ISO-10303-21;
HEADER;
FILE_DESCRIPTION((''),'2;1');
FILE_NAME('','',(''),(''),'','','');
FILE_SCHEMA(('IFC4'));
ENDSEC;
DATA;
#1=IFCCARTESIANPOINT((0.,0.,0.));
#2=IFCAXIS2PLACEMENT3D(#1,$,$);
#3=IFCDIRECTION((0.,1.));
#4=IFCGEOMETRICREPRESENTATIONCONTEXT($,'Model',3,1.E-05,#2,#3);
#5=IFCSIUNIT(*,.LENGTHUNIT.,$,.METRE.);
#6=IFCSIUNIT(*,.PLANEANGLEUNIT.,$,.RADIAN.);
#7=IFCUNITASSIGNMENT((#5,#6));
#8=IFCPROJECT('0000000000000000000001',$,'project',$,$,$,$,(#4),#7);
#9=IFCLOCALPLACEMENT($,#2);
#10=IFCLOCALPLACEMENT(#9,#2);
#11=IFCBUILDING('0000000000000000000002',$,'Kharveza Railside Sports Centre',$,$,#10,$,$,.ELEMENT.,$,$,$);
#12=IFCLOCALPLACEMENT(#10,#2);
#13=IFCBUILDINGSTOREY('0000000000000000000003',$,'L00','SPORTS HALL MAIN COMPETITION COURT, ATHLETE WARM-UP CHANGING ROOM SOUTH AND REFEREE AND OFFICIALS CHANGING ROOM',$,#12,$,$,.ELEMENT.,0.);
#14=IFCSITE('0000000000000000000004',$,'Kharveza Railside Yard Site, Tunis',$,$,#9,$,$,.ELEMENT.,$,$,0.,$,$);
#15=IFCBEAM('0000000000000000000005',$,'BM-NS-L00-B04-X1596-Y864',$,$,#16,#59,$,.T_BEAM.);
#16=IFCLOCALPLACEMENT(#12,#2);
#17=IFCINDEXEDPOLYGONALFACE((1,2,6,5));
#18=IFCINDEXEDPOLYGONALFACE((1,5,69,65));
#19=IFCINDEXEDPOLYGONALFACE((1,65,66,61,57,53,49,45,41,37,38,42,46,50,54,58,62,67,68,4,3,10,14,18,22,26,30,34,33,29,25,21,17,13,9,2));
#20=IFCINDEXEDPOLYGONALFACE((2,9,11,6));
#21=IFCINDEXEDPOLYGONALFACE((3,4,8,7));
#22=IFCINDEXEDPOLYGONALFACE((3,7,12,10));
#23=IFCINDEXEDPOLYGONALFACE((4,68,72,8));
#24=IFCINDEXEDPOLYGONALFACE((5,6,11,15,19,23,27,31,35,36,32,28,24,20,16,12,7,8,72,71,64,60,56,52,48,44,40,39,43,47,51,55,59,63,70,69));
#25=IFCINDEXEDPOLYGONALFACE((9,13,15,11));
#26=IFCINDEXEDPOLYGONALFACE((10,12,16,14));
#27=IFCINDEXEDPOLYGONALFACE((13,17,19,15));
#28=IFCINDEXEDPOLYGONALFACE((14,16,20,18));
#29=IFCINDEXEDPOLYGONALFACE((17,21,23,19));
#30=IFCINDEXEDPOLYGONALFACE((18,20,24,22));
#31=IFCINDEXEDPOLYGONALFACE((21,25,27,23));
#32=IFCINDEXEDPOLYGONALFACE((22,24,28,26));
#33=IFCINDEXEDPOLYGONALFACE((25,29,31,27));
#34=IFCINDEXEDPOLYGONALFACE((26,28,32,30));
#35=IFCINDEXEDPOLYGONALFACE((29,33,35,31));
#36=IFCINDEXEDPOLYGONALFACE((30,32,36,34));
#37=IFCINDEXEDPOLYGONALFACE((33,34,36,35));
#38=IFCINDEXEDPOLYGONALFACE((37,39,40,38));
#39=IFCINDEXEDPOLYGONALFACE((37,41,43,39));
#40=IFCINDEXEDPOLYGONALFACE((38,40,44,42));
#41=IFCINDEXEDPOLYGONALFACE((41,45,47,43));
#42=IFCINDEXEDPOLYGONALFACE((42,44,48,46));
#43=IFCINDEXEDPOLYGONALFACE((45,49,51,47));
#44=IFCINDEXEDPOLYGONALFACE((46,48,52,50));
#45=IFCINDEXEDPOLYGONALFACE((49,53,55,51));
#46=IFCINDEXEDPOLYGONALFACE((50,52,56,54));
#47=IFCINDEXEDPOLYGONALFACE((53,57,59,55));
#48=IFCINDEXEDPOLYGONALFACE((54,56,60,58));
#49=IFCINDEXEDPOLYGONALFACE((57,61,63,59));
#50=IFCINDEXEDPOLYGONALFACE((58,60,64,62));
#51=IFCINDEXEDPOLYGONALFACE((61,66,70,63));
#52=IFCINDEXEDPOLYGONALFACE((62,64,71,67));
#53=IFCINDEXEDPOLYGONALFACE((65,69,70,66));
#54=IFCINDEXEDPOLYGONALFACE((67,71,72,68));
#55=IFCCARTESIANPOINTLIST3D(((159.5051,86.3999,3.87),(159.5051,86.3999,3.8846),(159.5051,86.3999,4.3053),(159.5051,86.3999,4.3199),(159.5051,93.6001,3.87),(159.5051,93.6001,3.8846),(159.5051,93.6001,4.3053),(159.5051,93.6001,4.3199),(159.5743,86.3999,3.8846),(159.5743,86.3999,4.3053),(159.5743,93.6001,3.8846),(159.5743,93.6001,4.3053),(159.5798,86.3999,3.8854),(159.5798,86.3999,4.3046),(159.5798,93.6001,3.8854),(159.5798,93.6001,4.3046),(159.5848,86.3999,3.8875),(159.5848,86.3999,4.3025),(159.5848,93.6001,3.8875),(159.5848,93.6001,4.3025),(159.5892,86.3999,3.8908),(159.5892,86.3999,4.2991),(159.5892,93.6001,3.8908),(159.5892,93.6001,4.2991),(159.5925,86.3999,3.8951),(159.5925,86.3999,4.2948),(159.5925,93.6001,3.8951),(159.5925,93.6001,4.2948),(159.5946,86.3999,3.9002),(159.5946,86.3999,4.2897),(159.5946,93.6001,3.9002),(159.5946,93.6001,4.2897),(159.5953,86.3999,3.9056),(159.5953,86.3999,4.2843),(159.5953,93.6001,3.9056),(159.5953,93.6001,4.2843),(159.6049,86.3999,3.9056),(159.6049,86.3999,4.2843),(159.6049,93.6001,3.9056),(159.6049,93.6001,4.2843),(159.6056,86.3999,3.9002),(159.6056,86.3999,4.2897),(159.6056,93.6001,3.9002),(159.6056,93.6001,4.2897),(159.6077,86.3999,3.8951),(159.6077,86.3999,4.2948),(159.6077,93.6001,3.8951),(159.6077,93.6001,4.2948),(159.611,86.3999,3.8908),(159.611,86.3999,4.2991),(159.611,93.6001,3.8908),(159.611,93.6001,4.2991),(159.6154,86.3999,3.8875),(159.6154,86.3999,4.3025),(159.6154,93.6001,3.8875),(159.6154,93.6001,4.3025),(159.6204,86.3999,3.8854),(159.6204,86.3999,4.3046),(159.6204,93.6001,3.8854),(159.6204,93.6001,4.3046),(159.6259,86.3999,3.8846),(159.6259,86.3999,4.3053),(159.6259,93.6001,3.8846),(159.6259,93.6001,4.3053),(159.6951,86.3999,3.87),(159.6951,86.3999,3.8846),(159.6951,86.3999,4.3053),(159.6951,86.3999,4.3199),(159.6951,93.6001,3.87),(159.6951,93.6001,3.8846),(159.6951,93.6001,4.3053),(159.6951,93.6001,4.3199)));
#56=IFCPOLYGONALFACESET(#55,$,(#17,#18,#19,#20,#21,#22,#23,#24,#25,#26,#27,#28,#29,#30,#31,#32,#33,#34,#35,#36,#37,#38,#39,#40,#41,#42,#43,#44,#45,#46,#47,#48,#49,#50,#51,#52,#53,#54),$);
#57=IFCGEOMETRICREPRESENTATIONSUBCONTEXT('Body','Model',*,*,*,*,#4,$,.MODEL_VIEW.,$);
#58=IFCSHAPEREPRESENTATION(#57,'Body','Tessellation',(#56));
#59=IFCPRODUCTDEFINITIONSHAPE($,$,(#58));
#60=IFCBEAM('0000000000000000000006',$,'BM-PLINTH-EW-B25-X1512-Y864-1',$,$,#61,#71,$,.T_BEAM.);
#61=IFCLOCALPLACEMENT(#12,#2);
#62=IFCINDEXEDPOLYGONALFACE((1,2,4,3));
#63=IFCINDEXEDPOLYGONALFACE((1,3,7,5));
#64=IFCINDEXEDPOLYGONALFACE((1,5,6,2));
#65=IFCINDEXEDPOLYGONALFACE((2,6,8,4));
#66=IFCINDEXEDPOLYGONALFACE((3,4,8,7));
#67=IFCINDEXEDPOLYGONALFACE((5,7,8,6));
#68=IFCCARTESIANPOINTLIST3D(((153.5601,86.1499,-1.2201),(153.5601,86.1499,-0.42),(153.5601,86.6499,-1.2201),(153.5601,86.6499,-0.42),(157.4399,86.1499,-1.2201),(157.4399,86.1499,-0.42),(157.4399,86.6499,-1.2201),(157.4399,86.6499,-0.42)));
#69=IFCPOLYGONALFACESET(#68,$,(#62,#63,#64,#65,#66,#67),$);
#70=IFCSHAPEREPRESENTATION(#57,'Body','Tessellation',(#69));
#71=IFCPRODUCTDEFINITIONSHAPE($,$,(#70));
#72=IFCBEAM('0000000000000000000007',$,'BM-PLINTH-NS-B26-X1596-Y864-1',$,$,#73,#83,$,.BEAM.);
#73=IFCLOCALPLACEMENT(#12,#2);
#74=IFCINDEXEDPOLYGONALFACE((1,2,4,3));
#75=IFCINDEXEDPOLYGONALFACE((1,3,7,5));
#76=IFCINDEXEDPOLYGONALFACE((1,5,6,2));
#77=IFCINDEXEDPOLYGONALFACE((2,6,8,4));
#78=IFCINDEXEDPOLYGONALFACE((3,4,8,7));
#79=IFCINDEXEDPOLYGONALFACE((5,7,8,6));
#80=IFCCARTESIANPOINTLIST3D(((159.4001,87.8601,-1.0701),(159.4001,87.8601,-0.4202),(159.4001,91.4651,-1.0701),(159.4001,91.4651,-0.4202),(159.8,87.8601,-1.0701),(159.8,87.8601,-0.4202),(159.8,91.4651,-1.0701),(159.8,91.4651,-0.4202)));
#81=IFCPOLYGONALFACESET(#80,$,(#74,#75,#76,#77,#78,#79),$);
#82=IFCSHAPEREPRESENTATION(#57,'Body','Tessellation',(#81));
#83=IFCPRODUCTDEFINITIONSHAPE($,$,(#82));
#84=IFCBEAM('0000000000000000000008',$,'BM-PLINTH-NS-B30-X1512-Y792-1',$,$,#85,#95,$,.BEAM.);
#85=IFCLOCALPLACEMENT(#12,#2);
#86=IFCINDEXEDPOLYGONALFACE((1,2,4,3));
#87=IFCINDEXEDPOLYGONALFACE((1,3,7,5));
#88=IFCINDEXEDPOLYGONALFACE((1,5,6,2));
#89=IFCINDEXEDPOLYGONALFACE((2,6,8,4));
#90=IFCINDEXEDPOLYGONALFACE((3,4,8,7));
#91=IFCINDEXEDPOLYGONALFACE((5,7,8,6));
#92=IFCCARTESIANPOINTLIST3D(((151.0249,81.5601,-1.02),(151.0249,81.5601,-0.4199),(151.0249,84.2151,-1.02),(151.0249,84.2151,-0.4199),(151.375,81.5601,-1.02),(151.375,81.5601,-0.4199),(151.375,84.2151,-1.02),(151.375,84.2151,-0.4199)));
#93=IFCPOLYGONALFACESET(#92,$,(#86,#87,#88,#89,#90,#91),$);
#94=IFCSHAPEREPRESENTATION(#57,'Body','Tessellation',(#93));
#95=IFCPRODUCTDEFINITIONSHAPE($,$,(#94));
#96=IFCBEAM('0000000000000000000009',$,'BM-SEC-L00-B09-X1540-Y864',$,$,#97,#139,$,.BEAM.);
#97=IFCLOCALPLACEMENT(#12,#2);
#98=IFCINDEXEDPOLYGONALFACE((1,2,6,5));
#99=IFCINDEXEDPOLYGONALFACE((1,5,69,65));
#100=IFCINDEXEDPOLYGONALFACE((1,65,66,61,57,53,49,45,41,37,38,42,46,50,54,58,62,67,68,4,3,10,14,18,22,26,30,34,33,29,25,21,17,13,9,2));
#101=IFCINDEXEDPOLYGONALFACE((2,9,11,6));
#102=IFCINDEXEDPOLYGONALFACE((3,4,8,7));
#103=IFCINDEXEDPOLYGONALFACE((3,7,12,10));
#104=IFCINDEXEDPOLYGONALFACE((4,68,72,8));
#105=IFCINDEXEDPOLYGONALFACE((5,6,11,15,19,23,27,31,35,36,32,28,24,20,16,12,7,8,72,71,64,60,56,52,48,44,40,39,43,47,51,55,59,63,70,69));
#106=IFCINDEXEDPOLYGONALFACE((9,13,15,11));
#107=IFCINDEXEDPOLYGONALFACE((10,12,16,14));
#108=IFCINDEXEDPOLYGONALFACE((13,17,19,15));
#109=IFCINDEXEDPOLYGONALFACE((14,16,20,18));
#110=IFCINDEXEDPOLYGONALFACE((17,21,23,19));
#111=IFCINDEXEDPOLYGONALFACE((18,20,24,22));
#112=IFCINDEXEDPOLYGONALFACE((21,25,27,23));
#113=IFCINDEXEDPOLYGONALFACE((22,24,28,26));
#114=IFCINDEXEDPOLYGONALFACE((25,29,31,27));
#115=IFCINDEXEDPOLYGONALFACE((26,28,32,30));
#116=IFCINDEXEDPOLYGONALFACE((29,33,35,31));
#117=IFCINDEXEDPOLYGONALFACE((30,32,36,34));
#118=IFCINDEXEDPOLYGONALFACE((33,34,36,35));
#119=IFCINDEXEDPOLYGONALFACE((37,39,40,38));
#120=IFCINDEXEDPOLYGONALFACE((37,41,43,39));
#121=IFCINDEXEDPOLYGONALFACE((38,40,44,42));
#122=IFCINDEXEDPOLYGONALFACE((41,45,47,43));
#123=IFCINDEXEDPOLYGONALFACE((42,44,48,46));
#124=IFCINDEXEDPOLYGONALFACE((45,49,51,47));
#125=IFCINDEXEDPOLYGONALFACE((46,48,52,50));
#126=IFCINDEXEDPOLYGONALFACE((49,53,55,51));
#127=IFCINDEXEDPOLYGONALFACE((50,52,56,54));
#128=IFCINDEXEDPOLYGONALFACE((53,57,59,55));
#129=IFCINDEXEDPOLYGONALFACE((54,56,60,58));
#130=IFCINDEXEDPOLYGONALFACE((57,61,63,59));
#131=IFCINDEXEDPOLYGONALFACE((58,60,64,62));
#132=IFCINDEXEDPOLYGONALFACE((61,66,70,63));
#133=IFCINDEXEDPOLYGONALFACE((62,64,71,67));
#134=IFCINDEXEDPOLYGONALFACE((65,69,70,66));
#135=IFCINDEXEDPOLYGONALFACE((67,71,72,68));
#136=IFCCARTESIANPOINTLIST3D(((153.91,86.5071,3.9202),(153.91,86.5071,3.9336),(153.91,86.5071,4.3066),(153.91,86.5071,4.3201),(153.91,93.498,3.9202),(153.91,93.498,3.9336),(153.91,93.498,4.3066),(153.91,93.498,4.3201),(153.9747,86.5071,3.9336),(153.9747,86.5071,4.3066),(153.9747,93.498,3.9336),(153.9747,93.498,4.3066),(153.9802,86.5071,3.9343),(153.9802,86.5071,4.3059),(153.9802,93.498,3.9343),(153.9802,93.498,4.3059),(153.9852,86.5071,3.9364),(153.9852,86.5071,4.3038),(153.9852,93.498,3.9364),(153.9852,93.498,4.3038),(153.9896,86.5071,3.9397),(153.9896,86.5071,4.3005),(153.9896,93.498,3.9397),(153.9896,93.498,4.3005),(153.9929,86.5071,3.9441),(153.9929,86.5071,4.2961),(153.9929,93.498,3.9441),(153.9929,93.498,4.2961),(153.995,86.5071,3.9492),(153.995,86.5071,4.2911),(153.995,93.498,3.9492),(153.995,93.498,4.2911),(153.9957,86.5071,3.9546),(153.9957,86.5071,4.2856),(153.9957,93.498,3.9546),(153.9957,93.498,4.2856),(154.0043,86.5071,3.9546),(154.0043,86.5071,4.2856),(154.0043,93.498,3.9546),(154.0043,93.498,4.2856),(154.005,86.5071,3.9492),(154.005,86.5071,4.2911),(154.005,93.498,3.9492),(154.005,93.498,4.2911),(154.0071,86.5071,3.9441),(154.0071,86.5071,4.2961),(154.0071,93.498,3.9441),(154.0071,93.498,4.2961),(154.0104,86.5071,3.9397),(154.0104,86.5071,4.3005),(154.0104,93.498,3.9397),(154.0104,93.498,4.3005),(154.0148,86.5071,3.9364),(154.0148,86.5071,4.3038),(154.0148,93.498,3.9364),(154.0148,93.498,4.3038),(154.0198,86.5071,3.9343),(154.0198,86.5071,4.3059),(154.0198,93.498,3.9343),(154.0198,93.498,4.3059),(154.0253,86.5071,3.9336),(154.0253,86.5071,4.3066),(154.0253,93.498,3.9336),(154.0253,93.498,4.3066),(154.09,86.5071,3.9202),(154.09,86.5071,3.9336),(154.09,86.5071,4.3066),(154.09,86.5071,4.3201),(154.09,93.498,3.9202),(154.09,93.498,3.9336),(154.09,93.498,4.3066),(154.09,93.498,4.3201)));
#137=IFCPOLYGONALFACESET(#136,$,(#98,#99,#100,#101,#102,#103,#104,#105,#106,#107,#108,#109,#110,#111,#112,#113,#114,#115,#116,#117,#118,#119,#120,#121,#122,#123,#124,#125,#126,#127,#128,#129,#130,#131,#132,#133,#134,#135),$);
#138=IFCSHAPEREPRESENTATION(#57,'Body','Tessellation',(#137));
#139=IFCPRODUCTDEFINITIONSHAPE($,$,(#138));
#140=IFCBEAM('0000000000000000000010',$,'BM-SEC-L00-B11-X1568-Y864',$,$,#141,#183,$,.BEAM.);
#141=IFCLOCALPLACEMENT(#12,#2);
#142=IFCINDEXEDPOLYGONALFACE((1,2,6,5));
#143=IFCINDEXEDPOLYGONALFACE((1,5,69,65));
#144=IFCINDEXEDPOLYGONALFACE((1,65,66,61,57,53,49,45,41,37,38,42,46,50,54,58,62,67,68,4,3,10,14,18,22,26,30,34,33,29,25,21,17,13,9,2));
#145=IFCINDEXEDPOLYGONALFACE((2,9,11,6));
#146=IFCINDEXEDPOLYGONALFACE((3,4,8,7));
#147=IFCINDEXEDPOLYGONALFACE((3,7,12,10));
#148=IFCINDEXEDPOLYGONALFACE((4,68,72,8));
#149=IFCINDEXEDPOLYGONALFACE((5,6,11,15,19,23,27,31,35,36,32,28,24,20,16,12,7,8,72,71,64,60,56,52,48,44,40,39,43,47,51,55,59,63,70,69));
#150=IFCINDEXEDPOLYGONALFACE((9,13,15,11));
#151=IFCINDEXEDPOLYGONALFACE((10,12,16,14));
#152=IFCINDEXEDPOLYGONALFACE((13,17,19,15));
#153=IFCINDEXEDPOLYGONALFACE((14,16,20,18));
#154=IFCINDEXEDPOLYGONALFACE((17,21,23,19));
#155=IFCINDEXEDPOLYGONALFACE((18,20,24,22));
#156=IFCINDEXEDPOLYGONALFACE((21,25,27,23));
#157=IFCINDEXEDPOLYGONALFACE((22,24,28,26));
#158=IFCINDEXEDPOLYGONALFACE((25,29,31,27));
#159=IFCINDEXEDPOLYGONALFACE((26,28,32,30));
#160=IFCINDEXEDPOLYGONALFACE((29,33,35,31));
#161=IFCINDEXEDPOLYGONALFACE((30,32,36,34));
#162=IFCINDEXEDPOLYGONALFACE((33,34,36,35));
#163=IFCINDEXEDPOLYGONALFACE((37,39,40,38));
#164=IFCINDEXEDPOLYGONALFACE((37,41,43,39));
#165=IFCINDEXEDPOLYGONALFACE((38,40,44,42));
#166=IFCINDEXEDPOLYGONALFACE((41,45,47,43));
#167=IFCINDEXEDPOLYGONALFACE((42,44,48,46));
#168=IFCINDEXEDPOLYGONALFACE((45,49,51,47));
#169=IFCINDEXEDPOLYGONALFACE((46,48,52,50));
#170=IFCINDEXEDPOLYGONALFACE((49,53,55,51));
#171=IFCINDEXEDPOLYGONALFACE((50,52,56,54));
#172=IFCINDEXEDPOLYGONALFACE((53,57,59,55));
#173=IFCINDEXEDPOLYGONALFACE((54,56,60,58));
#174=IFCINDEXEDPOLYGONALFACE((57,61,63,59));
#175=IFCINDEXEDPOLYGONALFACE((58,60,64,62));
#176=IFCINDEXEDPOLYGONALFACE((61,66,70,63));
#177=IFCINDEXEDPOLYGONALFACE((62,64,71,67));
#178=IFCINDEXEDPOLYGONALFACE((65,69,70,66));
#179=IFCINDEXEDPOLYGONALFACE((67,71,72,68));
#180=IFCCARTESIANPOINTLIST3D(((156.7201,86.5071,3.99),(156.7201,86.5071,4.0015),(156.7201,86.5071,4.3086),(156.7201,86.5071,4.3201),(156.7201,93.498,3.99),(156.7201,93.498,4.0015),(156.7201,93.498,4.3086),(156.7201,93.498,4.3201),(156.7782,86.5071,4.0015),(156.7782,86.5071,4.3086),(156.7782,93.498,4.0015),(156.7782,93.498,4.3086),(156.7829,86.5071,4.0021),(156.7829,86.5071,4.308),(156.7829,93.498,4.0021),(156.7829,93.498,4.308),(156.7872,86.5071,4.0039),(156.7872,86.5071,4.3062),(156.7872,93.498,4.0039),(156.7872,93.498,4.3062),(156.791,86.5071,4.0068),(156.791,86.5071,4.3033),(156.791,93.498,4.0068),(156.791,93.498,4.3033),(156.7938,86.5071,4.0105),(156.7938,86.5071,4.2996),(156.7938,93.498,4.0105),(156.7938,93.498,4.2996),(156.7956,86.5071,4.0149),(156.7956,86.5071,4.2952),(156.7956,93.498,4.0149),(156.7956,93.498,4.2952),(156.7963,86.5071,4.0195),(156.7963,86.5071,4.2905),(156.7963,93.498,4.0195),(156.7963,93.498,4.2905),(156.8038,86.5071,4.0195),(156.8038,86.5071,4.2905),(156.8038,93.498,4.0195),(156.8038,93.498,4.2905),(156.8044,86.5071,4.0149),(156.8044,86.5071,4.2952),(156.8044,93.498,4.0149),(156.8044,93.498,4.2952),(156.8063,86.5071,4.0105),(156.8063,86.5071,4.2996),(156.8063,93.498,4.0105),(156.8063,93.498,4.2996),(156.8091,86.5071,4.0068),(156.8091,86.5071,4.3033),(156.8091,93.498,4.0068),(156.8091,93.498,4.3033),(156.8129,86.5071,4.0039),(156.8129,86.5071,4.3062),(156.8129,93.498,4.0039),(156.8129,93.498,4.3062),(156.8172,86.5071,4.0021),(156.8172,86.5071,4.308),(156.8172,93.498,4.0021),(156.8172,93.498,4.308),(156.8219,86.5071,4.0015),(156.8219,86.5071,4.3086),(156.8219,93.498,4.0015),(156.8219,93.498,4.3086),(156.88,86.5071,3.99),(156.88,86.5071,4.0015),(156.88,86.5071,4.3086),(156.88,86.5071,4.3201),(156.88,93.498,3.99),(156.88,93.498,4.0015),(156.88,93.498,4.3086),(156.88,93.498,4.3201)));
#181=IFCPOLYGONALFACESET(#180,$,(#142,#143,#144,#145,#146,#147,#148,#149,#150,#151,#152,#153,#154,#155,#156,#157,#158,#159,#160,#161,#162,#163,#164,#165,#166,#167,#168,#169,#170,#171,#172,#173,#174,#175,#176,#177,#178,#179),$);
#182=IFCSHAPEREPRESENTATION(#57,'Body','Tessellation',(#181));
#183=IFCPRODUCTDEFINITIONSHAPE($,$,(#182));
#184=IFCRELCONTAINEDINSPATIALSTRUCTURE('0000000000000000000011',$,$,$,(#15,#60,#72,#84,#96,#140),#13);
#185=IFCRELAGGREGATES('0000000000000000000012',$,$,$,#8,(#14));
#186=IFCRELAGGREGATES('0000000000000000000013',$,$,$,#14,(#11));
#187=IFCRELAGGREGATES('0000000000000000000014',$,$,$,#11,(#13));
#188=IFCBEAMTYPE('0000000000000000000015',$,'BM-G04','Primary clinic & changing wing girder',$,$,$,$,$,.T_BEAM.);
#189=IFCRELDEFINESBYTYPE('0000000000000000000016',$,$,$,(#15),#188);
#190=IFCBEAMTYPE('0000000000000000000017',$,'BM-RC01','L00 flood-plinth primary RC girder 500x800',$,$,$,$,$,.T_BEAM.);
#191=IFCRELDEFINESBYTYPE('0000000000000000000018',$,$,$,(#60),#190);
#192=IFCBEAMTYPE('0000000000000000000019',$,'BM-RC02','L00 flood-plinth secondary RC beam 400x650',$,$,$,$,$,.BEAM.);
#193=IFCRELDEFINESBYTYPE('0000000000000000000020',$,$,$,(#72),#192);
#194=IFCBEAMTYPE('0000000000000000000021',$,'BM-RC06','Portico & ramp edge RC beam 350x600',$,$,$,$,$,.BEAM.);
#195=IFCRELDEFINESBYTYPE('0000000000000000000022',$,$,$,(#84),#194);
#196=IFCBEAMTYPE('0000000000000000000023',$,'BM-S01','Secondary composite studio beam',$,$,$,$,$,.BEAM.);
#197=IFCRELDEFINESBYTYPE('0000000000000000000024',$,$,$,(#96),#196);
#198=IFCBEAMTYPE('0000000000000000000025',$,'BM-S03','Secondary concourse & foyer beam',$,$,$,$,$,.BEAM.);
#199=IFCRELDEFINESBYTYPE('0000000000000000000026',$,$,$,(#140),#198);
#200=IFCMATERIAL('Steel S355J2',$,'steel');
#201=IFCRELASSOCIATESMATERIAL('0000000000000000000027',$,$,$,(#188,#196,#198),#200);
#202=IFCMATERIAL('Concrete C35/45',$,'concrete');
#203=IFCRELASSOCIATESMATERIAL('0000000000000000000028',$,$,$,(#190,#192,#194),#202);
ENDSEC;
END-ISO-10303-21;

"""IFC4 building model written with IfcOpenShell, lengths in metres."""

from ifc_helpers import new_model, si_unit, direction, frame, origin, origin_2d, place, context, subcontext, project, spatial, rectangle, i_section, extrude, material, material_profile, profile_set, type_object, element, save


model = new_model("IFC4")

# Units and contexts
model_context = context("Model", 3, precision=1e-05, world=origin(), true_north=direction((0.0, 1.0)))
body_context = subcontext(model_context, "Body", "Model", "MODEL_VIEW")
ifc_project = project(units=[si_unit("LENGTHUNIT", "METRE"), si_unit("PLANEANGLEUNIT", "RADIAN")], contexts=[model_context])

# Site, building, storey
site_placement = place(None, origin())
site = spatial("IfcSite", under=ifc_project, at=site_placement, Name="Kharveza Railside Yard Site, Tunis", CompositionType="ELEMENT", RefElevation=0.0)
building_placement = place(site_placement, origin())
building = spatial("IfcBuilding", under=site, at=building_placement, Name="Kharveza Railside Sports Centre", CompositionType="ELEMENT")
storey_placement = place(building_placement, origin())
storey = spatial("IfcBuildingStorey", under=building, at=storey_placement, Name="L00", Description="SPORTS HALL MAIN COMPETITION COURT, ATHLETE WARM-UP CHANGING ROOM SOUTH AND REFEREE AND OFFICIALS CHANGING ROOM", CompositionType="ELEMENT", Elevation=0.0)

# Shared definitions
ifc_material_1 = material(Name="Concrete C35/45", Category="concrete")

# Shared definitions
ifc_material_2 = material(Name="Steel S355J2", Category="steel")

# Beams
ifc_material_profile_1 = material_profile(ifc_material_2, i_section(OverallWidth=0.1899, OverallDepth=0.45, WebThickness=0.0095, FlangeThickness=0.0146, FilletRadius=0.021, at=origin_2d()), Name="IPE 450")
ifc_profile_set_1 = profile_set([ifc_material_profile_1], Name="Steel S355J2")
beam_type_1 = type_object("IfcBeamType", Name="BM-G04", Description="Primary clinic & changing wing girder", PredefinedType="T_BEAM", material=ifc_profile_set_1)
beam_1_placement = place(storey_placement, frame((159.6001, 86.3999, 4.095), z_axis=(0.0, 1.0, 0.0), x_axis=(-1.0, 0.0, 0.0)))
element("IfcBeam", 1, at=beam_1_placement, inside=storey, type_object=beam_type_1, Name="BM-NS-L00-B04-X1596-Y864", PredefinedType="T_BEAM", context=body_context, shape_type="SweptSolid", body=[
    extrude(i_section(OverallWidth=0.1899, OverallDepth=0.45, WebThickness=0.0095, FlangeThickness=0.0146, FilletRadius=0.021, at=origin_2d()), origin(), (0.0, 0.0, 1.0), 7.2002),
])
ifc_material_profile_2 = material_profile(ifc_material_1, rectangle(XDim=0.5, YDim=0.8, at=origin_2d()), Name="RCB 500x800")
ifc_profile_set_2 = profile_set([ifc_material_profile_2], Name="Concrete C35/45")
beam_type_2 = type_object("IfcBeamType", Name="BM-RC01", Description="L00 flood-plinth primary RC girder 500x800", PredefinedType="T_BEAM", material=ifc_profile_set_2)
beam_2_placement = place(storey_placement, frame((153.5601, 86.3999, -0.8201), z_axis=(1.0, 0.0, 0.0), x_axis=(0.0, 1.0, 0.0)))
element("IfcBeam", 2, at=beam_2_placement, inside=storey, type_object=beam_type_2, Name="BM-PLINTH-EW-B25-X1512-Y864-1", PredefinedType="T_BEAM", context=body_context, shape_type="SweptSolid", body=[
    extrude(rectangle(XDim=0.5, YDim=0.8, at=origin_2d()), origin(), (0.0, 0.0, 1.0), 3.8799),
])
ifc_material_profile_3 = material_profile(ifc_material_1, rectangle(XDim=0.3999, YDim=0.6499, at=origin_2d()), Name="RCB 400x650")
ifc_profile_set_3 = profile_set([ifc_material_profile_3], Name="Concrete C35/45")
beam_type_3 = type_object("IfcBeamType", Name="BM-RC02", Description="L00 flood-plinth secondary RC beam 400x650", PredefinedType="BEAM", material=ifc_profile_set_3)
beam_3_placement = place(storey_placement, frame((159.6001, 87.8601, -0.7451), z_axis=(0.0, 1.0, 0.0), x_axis=(-1.0, 0.0, 0.0)))
element("IfcBeam", 3, at=beam_3_placement, inside=storey, type_object=beam_type_3, Name="BM-PLINTH-NS-B26-X1596-Y864-1", PredefinedType="BEAM", context=body_context, shape_type="SweptSolid", body=[
    extrude(rectangle(XDim=0.3999, YDim=0.6499, at=origin_2d()), origin(), (0.0, 0.0, 1.0), 3.605),
])
ifc_material_profile_4 = material_profile(ifc_material_1, rectangle(XDim=0.3501, YDim=0.6001, at=origin_2d()), Name="RCB 350x600")
ifc_profile_set_4 = profile_set([ifc_material_profile_4], Name="Concrete C35/45")
beam_type_4 = type_object("IfcBeamType", Name="BM-RC06", Description="Portico & ramp edge RC beam 350x600", PredefinedType="BEAM", material=ifc_profile_set_4)
beam_4_placement = place(storey_placement, frame((151.2, 81.5601, -0.72), z_axis=(0.0, 1.0, 0.0), x_axis=(-1.0, 0.0, 0.0)))
element("IfcBeam", 4, at=beam_4_placement, inside=storey, type_object=beam_type_4, Name="BM-PLINTH-NS-B30-X1512-Y792-1", PredefinedType="BEAM", context=body_context, shape_type="SweptSolid", body=[
    extrude(rectangle(XDim=0.3501, YDim=0.6001, at=origin_2d()), origin(), (0.0, 0.0, 1.0), 2.655),
])
ifc_material_profile_5 = material_profile(ifc_material_2, i_section(OverallWidth=0.1799, OverallDepth=0.3999, WebThickness=0.0085, FlangeThickness=0.0134, FilletRadius=0.021, at=origin_2d()), Name="IPE 400")
ifc_profile_set_5 = profile_set([ifc_material_profile_5], Name="Steel S355J2")
beam_type_5 = type_object("IfcBeamType", Name="BM-S01", Description="Secondary composite studio beam", PredefinedType="BEAM", material=ifc_profile_set_5)
beam_5_placement = place(storey_placement, frame((154.0, 86.5071, 4.1201), z_axis=(0.0, 1.0, 0.0), x_axis=(-1.0, 0.0, 0.0)))
element("IfcBeam", 5, at=beam_5_placement, inside=storey, type_object=beam_type_5, Name="BM-SEC-L00-B09-X1540-Y864", PredefinedType="BEAM", context=body_context, shape_type="SweptSolid", body=[
    extrude(i_section(OverallWidth=0.1799, OverallDepth=0.3999, WebThickness=0.0085, FlangeThickness=0.0134, FilletRadius=0.021, at=origin_2d()), origin(), (0.0, 0.0, 1.0), 6.991),
])
ifc_material_profile_6 = material_profile(ifc_material_2, i_section(OverallWidth=0.1599, OverallDepth=0.3301, WebThickness=0.0076, FlangeThickness=0.0115, FilletRadius=0.0181, at=origin_2d()), Name="IPE 330")
ifc_profile_set_6 = profile_set([ifc_material_profile_6], Name="Steel S355J2")
beam_type_6 = type_object("IfcBeamType", Name="BM-S03", Description="Secondary concourse & foyer beam", PredefinedType="BEAM", material=ifc_profile_set_6)
beam_6_placement = place(storey_placement, frame((156.8, 86.5071, 4.155), z_axis=(0.0, 1.0, 0.0), x_axis=(-1.0, 0.0, 0.0)))
element("IfcBeam", 6, at=beam_6_placement, inside=storey, type_object=beam_type_6, Name="BM-SEC-L00-B11-X1568-Y864", PredefinedType="BEAM", context=body_context, shape_type="SweptSolid", body=[
    extrude(i_section(OverallWidth=0.1599, OverallDepth=0.3301, WebThickness=0.0076, FlangeThickness=0.0115, FilletRadius=0.0181, at=origin_2d()), origin(), (0.0, 0.0, 1.0), 6.991),
])

save(model, "model.ifc")
